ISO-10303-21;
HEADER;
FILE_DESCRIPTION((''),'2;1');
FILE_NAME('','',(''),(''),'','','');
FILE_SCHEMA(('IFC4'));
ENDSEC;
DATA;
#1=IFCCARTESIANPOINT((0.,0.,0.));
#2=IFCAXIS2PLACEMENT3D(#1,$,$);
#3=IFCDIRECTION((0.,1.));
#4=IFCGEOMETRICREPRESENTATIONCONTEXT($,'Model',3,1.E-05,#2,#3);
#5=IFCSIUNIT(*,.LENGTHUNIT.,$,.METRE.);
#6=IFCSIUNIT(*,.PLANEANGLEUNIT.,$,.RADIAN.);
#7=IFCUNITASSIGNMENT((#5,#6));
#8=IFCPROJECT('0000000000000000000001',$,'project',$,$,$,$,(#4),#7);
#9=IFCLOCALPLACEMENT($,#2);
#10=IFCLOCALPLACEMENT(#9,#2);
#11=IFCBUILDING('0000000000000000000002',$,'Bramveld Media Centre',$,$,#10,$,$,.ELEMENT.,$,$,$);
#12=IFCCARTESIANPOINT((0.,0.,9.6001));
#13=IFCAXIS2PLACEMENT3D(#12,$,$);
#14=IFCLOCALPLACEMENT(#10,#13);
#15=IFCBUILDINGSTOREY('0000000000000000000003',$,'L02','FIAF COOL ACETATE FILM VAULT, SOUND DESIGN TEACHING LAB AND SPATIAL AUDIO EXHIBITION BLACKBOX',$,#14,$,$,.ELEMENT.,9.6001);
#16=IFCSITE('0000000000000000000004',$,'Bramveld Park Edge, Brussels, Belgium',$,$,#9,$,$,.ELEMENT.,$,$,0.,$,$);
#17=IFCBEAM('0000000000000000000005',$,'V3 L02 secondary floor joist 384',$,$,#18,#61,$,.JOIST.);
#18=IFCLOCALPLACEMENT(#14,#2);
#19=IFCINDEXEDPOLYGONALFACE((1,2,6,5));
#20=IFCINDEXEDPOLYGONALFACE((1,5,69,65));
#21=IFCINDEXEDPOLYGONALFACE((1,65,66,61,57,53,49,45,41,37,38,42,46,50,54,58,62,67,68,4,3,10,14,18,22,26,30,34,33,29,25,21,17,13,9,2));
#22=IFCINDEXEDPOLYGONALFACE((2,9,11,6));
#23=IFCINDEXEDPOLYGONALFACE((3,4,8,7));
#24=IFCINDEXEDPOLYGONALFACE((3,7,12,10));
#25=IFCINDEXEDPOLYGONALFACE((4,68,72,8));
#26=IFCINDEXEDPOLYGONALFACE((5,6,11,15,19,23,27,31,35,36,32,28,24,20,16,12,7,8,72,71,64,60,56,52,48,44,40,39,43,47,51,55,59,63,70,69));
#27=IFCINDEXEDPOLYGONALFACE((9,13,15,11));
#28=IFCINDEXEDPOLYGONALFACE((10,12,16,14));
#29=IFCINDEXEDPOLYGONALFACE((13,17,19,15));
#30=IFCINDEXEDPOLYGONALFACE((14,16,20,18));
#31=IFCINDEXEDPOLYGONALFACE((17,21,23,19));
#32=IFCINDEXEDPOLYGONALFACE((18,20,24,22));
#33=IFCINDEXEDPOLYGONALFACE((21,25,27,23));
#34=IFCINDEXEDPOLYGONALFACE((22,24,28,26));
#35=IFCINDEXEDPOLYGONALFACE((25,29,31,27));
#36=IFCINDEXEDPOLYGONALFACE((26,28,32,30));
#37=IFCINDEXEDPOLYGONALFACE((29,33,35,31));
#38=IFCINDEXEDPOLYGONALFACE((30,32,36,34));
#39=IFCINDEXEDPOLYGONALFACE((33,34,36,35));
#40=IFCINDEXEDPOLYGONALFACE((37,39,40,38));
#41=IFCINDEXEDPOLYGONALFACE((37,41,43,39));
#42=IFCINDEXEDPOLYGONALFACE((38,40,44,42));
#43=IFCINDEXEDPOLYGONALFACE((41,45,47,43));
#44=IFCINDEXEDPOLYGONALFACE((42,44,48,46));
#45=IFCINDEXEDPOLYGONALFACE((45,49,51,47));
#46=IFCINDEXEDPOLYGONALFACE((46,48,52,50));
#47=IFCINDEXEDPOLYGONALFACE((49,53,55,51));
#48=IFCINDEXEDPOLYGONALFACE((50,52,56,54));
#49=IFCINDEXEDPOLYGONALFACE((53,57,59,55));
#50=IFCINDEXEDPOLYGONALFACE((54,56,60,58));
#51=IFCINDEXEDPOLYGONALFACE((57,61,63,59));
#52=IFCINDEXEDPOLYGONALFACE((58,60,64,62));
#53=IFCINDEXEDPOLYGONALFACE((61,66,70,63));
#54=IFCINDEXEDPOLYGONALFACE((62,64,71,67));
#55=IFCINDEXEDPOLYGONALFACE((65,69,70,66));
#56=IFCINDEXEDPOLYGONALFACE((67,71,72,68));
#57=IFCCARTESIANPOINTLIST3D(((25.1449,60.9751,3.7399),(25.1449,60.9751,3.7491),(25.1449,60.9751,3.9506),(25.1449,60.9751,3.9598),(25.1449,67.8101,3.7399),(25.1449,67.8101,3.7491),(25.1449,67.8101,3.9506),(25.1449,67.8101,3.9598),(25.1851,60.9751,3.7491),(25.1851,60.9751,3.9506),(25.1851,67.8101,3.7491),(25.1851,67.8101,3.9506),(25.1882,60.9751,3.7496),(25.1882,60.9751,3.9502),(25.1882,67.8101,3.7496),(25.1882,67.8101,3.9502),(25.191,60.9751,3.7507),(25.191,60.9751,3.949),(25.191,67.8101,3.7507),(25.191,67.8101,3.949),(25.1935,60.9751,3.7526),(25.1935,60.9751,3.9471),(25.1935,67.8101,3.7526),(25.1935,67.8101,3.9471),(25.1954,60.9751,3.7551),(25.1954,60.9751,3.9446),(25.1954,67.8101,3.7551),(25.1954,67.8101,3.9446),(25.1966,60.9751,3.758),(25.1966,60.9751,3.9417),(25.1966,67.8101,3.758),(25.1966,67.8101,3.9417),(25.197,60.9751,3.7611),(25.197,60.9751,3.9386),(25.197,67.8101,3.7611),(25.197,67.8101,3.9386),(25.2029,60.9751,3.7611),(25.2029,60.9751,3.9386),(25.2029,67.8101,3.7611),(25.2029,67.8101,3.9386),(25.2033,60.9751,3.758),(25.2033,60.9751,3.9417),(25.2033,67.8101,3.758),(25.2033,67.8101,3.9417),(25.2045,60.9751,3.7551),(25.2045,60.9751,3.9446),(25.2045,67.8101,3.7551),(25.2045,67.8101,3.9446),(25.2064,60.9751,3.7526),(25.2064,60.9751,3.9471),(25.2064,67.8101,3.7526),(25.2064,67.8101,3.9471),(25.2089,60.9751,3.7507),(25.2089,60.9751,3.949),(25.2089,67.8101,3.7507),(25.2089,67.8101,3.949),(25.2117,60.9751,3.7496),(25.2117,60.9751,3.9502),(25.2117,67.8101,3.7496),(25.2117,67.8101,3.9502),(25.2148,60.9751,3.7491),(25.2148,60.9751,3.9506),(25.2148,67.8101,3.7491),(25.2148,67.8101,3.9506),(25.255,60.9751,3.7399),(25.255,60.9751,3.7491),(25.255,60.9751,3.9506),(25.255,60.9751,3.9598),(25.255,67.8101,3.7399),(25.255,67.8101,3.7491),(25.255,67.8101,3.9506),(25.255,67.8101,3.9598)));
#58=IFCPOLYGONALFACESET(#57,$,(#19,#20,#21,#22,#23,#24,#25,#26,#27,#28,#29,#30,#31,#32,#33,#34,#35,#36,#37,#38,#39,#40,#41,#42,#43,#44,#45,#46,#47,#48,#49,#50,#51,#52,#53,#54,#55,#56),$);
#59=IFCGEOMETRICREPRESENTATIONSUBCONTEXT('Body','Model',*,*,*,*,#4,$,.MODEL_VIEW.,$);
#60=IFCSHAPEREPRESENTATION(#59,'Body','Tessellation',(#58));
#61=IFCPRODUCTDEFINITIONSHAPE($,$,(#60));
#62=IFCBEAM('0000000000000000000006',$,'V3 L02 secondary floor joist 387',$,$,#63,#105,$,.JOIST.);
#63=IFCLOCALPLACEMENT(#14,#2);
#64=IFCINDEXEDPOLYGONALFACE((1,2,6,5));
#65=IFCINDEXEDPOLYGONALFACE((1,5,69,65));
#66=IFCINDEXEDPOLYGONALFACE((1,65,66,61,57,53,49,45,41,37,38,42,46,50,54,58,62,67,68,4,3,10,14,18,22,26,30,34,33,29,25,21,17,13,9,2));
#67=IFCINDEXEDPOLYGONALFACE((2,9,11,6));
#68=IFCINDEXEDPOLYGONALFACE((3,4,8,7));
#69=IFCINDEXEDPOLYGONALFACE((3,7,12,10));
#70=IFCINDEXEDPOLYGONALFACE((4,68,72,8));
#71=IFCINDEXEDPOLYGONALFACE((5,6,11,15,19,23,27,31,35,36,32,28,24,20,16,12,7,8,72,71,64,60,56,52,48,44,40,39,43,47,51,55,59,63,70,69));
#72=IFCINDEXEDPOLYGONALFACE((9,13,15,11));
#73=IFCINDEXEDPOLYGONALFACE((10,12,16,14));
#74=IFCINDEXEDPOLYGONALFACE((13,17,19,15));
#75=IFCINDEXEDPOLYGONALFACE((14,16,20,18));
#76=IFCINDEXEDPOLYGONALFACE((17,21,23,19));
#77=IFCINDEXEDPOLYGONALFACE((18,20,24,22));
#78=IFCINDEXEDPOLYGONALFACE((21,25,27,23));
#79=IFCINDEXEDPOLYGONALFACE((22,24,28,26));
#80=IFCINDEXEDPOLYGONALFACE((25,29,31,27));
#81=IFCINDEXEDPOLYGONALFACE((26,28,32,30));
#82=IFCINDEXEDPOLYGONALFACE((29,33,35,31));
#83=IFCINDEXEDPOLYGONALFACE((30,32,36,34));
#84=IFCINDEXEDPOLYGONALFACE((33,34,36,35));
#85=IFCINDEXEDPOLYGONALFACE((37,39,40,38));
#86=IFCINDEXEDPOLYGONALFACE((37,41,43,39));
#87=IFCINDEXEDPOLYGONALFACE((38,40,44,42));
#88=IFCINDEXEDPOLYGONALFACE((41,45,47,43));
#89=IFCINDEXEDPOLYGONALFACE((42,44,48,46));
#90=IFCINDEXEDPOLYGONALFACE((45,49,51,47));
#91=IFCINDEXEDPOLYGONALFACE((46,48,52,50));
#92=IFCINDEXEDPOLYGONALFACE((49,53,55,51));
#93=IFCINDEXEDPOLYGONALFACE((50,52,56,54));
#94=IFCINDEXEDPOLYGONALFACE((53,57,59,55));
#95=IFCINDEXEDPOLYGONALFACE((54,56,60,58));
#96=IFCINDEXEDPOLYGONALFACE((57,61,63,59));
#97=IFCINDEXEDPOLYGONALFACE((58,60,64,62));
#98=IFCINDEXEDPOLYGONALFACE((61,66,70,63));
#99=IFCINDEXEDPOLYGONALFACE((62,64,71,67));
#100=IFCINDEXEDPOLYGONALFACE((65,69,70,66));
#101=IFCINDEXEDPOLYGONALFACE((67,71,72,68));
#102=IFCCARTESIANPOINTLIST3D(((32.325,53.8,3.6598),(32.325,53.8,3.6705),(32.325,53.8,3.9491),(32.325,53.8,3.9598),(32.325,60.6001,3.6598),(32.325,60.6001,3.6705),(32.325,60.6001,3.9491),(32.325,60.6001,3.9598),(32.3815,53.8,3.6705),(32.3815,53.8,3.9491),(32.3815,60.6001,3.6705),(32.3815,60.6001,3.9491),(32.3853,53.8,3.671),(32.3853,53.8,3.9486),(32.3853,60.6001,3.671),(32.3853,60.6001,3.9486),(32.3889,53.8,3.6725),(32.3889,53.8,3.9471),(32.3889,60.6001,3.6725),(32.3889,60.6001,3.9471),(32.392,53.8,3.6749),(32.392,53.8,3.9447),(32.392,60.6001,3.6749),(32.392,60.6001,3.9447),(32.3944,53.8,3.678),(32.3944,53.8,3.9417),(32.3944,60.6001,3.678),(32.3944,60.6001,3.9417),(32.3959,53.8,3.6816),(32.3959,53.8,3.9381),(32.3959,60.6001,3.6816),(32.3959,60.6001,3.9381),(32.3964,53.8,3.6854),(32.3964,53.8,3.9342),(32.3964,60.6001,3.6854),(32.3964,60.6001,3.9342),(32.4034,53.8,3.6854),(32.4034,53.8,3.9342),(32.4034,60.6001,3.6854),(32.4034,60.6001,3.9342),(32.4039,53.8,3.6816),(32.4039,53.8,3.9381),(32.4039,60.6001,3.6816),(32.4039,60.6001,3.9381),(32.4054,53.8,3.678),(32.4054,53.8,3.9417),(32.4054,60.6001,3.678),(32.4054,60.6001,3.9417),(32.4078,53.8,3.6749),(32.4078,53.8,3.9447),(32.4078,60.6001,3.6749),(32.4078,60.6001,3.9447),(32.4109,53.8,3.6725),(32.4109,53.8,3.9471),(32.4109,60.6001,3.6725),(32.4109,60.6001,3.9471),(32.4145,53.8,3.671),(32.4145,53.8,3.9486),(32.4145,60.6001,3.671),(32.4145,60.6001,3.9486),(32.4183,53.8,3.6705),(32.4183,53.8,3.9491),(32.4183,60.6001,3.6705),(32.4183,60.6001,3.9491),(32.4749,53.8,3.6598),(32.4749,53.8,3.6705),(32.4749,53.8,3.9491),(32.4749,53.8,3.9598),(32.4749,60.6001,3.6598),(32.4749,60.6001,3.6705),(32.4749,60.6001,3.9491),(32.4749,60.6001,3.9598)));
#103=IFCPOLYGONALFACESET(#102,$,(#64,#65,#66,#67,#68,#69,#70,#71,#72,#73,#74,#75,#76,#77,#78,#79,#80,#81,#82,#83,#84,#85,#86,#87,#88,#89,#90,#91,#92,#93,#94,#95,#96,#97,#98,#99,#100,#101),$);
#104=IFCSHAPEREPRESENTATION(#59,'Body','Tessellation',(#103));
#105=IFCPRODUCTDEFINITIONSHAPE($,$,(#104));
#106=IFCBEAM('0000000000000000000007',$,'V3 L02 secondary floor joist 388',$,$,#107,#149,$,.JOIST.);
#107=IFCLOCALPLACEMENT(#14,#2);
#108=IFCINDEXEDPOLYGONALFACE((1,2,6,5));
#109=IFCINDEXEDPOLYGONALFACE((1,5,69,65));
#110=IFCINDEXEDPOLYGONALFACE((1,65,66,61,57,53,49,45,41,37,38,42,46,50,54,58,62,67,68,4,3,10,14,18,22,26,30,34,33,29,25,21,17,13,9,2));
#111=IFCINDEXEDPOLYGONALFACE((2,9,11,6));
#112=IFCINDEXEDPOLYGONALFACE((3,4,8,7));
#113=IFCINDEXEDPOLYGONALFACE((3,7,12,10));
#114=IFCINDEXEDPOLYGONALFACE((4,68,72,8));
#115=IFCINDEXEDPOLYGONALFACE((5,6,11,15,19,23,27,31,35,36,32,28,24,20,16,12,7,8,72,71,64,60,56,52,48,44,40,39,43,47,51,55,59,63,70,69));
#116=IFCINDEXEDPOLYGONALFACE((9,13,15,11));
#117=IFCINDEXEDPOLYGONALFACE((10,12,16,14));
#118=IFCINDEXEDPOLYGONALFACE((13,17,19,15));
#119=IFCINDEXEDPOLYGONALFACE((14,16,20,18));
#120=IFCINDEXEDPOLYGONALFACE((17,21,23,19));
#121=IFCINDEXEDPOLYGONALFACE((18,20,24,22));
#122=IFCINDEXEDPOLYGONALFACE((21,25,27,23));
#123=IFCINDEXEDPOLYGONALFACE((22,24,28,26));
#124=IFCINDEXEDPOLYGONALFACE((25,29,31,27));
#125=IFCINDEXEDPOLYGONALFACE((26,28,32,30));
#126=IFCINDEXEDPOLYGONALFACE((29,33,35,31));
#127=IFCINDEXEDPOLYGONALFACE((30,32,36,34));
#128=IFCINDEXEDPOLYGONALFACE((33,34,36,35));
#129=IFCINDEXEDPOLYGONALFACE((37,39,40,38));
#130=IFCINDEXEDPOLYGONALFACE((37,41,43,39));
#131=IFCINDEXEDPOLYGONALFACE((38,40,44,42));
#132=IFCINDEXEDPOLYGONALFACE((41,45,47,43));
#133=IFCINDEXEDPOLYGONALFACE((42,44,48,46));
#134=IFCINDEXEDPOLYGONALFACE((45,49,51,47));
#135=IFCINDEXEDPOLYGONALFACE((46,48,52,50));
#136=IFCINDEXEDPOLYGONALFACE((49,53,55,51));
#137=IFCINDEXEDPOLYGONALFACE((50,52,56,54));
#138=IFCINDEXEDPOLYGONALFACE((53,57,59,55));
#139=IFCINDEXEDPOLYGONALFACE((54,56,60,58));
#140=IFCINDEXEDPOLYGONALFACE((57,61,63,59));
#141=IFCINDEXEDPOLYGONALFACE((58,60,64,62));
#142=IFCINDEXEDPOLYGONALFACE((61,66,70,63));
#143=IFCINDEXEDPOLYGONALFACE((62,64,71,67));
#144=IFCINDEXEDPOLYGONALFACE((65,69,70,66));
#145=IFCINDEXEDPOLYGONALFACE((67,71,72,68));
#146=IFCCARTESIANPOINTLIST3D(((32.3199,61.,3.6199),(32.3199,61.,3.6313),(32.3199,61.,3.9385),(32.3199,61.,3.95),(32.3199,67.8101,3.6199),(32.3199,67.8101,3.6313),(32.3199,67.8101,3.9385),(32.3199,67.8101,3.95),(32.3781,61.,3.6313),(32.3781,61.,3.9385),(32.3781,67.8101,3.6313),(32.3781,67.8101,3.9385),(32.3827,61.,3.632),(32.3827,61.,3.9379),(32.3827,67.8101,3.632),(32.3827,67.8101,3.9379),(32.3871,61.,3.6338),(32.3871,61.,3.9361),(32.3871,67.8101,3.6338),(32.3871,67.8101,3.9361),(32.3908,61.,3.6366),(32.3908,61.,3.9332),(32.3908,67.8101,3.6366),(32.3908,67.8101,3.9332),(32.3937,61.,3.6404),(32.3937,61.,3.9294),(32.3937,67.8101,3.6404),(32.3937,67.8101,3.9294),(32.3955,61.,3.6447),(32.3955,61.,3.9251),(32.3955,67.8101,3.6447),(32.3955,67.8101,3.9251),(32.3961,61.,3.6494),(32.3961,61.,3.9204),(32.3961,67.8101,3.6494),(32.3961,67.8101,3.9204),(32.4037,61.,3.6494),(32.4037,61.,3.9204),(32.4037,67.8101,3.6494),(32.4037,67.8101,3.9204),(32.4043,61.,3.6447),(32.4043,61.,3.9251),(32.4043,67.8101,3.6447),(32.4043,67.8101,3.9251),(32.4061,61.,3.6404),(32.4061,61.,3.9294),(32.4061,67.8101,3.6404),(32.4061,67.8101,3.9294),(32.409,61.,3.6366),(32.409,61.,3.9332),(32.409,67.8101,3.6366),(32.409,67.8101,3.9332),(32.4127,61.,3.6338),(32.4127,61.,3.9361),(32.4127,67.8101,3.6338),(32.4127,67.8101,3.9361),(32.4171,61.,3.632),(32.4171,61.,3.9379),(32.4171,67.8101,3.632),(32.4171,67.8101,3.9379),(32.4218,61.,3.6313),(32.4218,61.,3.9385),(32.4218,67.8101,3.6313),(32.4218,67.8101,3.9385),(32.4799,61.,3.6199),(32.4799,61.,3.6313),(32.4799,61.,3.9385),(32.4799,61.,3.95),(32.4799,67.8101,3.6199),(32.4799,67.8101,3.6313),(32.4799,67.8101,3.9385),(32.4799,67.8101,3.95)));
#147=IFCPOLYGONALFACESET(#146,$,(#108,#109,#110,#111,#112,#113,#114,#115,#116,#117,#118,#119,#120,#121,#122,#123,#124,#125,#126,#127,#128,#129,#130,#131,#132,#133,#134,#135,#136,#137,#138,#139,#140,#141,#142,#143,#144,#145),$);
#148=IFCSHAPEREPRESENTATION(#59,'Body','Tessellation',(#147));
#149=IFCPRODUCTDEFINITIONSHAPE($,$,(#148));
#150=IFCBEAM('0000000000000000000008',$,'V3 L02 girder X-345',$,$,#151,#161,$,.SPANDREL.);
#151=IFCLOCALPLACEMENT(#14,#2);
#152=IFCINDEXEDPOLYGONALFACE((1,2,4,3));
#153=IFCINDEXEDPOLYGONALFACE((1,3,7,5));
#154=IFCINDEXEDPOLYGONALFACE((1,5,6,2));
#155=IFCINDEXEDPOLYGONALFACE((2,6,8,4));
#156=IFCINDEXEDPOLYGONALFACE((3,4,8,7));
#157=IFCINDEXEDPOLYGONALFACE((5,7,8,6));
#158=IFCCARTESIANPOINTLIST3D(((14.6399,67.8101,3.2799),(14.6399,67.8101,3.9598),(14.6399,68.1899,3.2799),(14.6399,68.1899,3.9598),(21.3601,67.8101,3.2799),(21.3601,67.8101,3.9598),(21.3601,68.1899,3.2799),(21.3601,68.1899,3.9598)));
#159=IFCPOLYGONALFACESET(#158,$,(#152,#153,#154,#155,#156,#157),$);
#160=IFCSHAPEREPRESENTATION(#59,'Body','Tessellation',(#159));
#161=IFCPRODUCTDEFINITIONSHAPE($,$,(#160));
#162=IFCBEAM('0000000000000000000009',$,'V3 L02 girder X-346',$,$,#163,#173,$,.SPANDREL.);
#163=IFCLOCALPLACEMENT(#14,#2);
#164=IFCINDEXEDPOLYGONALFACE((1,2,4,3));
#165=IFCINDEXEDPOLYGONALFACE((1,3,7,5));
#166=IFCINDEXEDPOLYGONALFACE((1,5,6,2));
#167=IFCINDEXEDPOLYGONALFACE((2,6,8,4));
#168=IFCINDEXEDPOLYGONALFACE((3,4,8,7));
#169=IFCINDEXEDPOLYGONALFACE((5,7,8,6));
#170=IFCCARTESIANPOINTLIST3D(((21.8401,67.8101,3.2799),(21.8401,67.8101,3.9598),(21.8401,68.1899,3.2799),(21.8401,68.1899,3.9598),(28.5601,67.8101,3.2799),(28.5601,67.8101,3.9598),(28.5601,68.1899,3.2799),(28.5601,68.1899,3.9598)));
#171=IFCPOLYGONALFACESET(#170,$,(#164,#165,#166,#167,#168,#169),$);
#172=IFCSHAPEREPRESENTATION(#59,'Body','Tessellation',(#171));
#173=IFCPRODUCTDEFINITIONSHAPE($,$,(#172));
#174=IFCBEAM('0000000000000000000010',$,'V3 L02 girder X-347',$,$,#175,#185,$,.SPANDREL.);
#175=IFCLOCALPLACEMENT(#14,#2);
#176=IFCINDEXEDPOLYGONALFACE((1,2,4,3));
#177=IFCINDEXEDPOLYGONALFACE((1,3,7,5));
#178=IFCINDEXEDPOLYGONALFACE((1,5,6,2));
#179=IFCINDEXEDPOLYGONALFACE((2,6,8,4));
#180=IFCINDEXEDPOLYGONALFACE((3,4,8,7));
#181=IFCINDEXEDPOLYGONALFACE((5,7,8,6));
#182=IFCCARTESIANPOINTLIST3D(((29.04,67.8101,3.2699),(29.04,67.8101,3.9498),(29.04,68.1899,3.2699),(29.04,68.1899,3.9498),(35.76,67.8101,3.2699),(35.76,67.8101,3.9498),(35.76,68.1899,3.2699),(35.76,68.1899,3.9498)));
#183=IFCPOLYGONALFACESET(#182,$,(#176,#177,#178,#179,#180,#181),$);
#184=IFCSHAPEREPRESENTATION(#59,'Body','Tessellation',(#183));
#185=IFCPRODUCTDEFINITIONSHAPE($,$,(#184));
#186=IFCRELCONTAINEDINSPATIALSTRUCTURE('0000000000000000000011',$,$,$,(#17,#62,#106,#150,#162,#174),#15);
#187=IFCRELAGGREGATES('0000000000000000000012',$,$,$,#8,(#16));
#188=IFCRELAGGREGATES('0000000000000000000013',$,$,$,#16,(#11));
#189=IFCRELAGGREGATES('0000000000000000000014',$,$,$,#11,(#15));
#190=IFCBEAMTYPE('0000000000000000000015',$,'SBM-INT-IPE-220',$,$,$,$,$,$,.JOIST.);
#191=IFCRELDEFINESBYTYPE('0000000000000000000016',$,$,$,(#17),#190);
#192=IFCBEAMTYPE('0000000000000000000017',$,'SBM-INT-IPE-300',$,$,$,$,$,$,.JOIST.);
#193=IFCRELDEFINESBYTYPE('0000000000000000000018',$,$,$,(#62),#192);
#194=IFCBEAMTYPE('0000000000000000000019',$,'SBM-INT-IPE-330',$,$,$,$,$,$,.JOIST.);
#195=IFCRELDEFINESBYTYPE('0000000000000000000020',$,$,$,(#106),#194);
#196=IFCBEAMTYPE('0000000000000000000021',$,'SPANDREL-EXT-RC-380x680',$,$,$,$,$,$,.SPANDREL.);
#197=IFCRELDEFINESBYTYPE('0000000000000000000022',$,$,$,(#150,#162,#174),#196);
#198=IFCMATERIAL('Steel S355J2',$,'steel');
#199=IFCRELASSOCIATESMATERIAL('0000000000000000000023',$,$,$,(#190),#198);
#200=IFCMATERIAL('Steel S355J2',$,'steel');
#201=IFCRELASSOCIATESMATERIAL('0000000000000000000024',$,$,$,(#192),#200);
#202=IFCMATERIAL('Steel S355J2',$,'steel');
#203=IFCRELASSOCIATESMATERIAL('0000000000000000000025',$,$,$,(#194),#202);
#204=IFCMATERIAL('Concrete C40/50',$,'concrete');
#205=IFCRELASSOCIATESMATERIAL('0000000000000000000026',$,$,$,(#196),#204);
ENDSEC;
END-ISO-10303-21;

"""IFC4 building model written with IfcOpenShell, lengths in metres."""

from ifc_helpers import new_model, si_unit, direction, frame, origin, origin_2d, place, context, subcontext, project, spatial, rectangle, i_section, extrude, material, material_profile, profile_set, type_object, element, save


model = new_model("IFC4")

# Units and contexts
model_context = context("Model", 3, precision=1e-05, world=origin(), true_north=direction((0.0, 1.0)))
body_context = subcontext(model_context, "Body", "Model", "MODEL_VIEW")
ifc_project = project(units=[si_unit("LENGTHUNIT", "METRE"), si_unit("PLANEANGLEUNIT", "RADIAN")], contexts=[model_context])

# Site, building, storey
site_placement = place(None, origin())
site = spatial("IfcSite", under=ifc_project, at=site_placement, Name="Bramveld Park Edge, Brussels, Belgium", CompositionType="ELEMENT", RefElevation=0.0)
building_placement = place(site_placement, origin())
building = spatial("IfcBuilding", under=site, at=building_placement, Name="Bramveld Media Centre", CompositionType="ELEMENT")
storey_placement = place(building_placement, frame((0.0, 0.0, 9.6001)))
storey = spatial("IfcBuildingStorey", under=building, at=storey_placement, Name="L02", Description="FIAF COOL ACETATE FILM VAULT, SOUND DESIGN TEACHING LAB AND SPATIAL AUDIO EXHIBITION BLACKBOX", CompositionType="ELEMENT", Elevation=9.6001)

# Beams
ifc_material_1 = material(Name="Steel S355J2", Category="steel")
ifc_material_profile_1 = material_profile(ifc_material_1, i_section(OverallWidth=0.1101, OverallDepth=0.22, WebThickness=0.0059, FlangeThickness=0.0093, FilletRadius=0.012, at=origin_2d()), Name="IPE 220")
ifc_profile_set_1 = profile_set([ifc_material_profile_1], Name="Steel S355J2")
beam_type_1 = type_object("IfcBeamType", Name="SBM-INT-IPE-220", PredefinedType="JOIST", material=ifc_profile_set_1)
beam_1_placement = place(storey_placement, frame((25.2, 60.9751, 3.8499), z_axis=(0.0, 1.0, 0.0), x_axis=(-1.0, 0.0, 0.0)))
element("IfcBeam", 1, at=beam_1_placement, inside=storey, type_object=beam_type_1, Name="V3 L02 secondary floor joist 384", PredefinedType="JOIST", context=body_context, shape_type="SweptSolid", body=[
    extrude(i_section(OverallWidth=0.1101, OverallDepth=0.22, WebThickness=0.0059, FlangeThickness=0.0093, FilletRadius=0.012, at=origin_2d()), origin(), (0.0, 0.0, 1.0), 6.835),
])
ifc_material_2 = material(Name="Steel S355J2", Category="steel")
ifc_material_profile_2 = material_profile(ifc_material_2, i_section(OverallWidth=0.1499, OverallDepth=0.3, WebThickness=0.0071, FlangeThickness=0.0107, FilletRadius=0.0149, at=origin_2d()), Name="IPE 300")
ifc_profile_set_2 = profile_set([ifc_material_profile_2], Name="Steel S355J2")
beam_type_2 = type_object("IfcBeamType", Name="SBM-INT-IPE-300", PredefinedType="JOIST", material=ifc_profile_set_2)
beam_2_placement = place(storey_placement, frame((32.3999, 53.8, 3.8098), z_axis=(0.0, 1.0, 0.0), x_axis=(-1.0, 0.0, 0.0)))
element("IfcBeam", 2, at=beam_2_placement, inside=storey, type_object=beam_type_2, Name="V3 L02 secondary floor joist 387", PredefinedType="JOIST", context=body_context, shape_type="SweptSolid", body=[
    extrude(i_section(OverallWidth=0.1499, OverallDepth=0.3, WebThickness=0.0071, FlangeThickness=0.0107, FilletRadius=0.0149, at=origin_2d()), origin(), (0.0, 0.0, 1.0), 6.8),
])
ifc_material_3 = material(Name="Steel S355J2", Category="steel")
ifc_material_profile_3 = material_profile(ifc_material_3, i_section(OverallWidth=0.1599, OverallDepth=0.3301, WebThickness=0.0076, FlangeThickness=0.0115, FilletRadius=0.0181, at=origin_2d()), Name="IPE 330")
ifc_profile_set_3 = profile_set([ifc_material_profile_3], Name="Steel S355J2")
beam_type_3 = type_object("IfcBeamType", Name="SBM-INT-IPE-330", PredefinedType="JOIST", material=ifc_profile_set_3)
beam_3_placement = place(storey_placement, frame((32.3999, 61.0, 3.7849), z_axis=(0.0, 1.0, 0.0), x_axis=(-1.0, 0.0, 0.0)))
element("IfcBeam", 3, at=beam_3_placement, inside=storey, type_object=beam_type_3, Name="V3 L02 secondary floor joist 388", PredefinedType="JOIST", context=body_context, shape_type="SweptSolid", body=[
    extrude(i_section(OverallWidth=0.1599, OverallDepth=0.3301, WebThickness=0.0076, FlangeThickness=0.0115, FilletRadius=0.0181, at=origin_2d()), origin(), (0.0, 0.0, 1.0), 6.8101),
])
ifc_material_4 = material(Name="Concrete C40/50", Category="concrete")
ifc_material_profile_4 = material_profile(ifc_material_4, rectangle(XDim=0.3799, YDim=0.6799, at=origin_2d()), Name="RC 380x680")
ifc_profile_set_4 = profile_set([ifc_material_profile_4], Name="Concrete C40/50")
beam_type_4 = type_object("IfcBeamType", Name="SPANDREL-EXT-RC-380x680", PredefinedType="SPANDREL", material=ifc_profile_set_4)
beam_4_placement = place(storey_placement, frame((14.6399, 68.0, 3.6199), z_axis=(1.0, 0.0, 0.0), x_axis=(0.0, 1.0, 0.0)))
element("IfcBeam", 4, at=beam_4_placement, inside=storey, type_object=beam_type_4, Name="V3 L02 girder X-345", PredefinedType="SPANDREL", context=body_context, shape_type="SweptSolid", body=[
    extrude(rectangle(XDim=0.3799, YDim=0.6799, at=origin_2d()), origin(), (0.0, 0.0, 1.0), 6.7202),
])
for number, where, z_axis, x_axis, name in (
    (5, (21.8401, 68.0, 3.6199), (1.0, 0.0, 0.0), (0.0, 1.0, 0.0), "V3 L02 girder X-346"),
    (6, (29.04, 68.0, 3.6099), (1.0, 0.0, 0.0), (0.0, 1.0, 0.0), "V3 L02 girder X-347"),
):
    element("IfcBeam", number, at=place(storey_placement, frame(where, z_axis=z_axis, x_axis=x_axis)), inside=storey, type_object=beam_type_4, Name=name, PredefinedType="SPANDREL", context=body_context, shape_type="SweptSolid", body=[
        extrude(rectangle(XDim=0.3799, YDim=0.6799, at=origin_2d()), origin(), (0.0, 0.0, 1.0), 6.72),
    ])

save(model, "model.ifc")
